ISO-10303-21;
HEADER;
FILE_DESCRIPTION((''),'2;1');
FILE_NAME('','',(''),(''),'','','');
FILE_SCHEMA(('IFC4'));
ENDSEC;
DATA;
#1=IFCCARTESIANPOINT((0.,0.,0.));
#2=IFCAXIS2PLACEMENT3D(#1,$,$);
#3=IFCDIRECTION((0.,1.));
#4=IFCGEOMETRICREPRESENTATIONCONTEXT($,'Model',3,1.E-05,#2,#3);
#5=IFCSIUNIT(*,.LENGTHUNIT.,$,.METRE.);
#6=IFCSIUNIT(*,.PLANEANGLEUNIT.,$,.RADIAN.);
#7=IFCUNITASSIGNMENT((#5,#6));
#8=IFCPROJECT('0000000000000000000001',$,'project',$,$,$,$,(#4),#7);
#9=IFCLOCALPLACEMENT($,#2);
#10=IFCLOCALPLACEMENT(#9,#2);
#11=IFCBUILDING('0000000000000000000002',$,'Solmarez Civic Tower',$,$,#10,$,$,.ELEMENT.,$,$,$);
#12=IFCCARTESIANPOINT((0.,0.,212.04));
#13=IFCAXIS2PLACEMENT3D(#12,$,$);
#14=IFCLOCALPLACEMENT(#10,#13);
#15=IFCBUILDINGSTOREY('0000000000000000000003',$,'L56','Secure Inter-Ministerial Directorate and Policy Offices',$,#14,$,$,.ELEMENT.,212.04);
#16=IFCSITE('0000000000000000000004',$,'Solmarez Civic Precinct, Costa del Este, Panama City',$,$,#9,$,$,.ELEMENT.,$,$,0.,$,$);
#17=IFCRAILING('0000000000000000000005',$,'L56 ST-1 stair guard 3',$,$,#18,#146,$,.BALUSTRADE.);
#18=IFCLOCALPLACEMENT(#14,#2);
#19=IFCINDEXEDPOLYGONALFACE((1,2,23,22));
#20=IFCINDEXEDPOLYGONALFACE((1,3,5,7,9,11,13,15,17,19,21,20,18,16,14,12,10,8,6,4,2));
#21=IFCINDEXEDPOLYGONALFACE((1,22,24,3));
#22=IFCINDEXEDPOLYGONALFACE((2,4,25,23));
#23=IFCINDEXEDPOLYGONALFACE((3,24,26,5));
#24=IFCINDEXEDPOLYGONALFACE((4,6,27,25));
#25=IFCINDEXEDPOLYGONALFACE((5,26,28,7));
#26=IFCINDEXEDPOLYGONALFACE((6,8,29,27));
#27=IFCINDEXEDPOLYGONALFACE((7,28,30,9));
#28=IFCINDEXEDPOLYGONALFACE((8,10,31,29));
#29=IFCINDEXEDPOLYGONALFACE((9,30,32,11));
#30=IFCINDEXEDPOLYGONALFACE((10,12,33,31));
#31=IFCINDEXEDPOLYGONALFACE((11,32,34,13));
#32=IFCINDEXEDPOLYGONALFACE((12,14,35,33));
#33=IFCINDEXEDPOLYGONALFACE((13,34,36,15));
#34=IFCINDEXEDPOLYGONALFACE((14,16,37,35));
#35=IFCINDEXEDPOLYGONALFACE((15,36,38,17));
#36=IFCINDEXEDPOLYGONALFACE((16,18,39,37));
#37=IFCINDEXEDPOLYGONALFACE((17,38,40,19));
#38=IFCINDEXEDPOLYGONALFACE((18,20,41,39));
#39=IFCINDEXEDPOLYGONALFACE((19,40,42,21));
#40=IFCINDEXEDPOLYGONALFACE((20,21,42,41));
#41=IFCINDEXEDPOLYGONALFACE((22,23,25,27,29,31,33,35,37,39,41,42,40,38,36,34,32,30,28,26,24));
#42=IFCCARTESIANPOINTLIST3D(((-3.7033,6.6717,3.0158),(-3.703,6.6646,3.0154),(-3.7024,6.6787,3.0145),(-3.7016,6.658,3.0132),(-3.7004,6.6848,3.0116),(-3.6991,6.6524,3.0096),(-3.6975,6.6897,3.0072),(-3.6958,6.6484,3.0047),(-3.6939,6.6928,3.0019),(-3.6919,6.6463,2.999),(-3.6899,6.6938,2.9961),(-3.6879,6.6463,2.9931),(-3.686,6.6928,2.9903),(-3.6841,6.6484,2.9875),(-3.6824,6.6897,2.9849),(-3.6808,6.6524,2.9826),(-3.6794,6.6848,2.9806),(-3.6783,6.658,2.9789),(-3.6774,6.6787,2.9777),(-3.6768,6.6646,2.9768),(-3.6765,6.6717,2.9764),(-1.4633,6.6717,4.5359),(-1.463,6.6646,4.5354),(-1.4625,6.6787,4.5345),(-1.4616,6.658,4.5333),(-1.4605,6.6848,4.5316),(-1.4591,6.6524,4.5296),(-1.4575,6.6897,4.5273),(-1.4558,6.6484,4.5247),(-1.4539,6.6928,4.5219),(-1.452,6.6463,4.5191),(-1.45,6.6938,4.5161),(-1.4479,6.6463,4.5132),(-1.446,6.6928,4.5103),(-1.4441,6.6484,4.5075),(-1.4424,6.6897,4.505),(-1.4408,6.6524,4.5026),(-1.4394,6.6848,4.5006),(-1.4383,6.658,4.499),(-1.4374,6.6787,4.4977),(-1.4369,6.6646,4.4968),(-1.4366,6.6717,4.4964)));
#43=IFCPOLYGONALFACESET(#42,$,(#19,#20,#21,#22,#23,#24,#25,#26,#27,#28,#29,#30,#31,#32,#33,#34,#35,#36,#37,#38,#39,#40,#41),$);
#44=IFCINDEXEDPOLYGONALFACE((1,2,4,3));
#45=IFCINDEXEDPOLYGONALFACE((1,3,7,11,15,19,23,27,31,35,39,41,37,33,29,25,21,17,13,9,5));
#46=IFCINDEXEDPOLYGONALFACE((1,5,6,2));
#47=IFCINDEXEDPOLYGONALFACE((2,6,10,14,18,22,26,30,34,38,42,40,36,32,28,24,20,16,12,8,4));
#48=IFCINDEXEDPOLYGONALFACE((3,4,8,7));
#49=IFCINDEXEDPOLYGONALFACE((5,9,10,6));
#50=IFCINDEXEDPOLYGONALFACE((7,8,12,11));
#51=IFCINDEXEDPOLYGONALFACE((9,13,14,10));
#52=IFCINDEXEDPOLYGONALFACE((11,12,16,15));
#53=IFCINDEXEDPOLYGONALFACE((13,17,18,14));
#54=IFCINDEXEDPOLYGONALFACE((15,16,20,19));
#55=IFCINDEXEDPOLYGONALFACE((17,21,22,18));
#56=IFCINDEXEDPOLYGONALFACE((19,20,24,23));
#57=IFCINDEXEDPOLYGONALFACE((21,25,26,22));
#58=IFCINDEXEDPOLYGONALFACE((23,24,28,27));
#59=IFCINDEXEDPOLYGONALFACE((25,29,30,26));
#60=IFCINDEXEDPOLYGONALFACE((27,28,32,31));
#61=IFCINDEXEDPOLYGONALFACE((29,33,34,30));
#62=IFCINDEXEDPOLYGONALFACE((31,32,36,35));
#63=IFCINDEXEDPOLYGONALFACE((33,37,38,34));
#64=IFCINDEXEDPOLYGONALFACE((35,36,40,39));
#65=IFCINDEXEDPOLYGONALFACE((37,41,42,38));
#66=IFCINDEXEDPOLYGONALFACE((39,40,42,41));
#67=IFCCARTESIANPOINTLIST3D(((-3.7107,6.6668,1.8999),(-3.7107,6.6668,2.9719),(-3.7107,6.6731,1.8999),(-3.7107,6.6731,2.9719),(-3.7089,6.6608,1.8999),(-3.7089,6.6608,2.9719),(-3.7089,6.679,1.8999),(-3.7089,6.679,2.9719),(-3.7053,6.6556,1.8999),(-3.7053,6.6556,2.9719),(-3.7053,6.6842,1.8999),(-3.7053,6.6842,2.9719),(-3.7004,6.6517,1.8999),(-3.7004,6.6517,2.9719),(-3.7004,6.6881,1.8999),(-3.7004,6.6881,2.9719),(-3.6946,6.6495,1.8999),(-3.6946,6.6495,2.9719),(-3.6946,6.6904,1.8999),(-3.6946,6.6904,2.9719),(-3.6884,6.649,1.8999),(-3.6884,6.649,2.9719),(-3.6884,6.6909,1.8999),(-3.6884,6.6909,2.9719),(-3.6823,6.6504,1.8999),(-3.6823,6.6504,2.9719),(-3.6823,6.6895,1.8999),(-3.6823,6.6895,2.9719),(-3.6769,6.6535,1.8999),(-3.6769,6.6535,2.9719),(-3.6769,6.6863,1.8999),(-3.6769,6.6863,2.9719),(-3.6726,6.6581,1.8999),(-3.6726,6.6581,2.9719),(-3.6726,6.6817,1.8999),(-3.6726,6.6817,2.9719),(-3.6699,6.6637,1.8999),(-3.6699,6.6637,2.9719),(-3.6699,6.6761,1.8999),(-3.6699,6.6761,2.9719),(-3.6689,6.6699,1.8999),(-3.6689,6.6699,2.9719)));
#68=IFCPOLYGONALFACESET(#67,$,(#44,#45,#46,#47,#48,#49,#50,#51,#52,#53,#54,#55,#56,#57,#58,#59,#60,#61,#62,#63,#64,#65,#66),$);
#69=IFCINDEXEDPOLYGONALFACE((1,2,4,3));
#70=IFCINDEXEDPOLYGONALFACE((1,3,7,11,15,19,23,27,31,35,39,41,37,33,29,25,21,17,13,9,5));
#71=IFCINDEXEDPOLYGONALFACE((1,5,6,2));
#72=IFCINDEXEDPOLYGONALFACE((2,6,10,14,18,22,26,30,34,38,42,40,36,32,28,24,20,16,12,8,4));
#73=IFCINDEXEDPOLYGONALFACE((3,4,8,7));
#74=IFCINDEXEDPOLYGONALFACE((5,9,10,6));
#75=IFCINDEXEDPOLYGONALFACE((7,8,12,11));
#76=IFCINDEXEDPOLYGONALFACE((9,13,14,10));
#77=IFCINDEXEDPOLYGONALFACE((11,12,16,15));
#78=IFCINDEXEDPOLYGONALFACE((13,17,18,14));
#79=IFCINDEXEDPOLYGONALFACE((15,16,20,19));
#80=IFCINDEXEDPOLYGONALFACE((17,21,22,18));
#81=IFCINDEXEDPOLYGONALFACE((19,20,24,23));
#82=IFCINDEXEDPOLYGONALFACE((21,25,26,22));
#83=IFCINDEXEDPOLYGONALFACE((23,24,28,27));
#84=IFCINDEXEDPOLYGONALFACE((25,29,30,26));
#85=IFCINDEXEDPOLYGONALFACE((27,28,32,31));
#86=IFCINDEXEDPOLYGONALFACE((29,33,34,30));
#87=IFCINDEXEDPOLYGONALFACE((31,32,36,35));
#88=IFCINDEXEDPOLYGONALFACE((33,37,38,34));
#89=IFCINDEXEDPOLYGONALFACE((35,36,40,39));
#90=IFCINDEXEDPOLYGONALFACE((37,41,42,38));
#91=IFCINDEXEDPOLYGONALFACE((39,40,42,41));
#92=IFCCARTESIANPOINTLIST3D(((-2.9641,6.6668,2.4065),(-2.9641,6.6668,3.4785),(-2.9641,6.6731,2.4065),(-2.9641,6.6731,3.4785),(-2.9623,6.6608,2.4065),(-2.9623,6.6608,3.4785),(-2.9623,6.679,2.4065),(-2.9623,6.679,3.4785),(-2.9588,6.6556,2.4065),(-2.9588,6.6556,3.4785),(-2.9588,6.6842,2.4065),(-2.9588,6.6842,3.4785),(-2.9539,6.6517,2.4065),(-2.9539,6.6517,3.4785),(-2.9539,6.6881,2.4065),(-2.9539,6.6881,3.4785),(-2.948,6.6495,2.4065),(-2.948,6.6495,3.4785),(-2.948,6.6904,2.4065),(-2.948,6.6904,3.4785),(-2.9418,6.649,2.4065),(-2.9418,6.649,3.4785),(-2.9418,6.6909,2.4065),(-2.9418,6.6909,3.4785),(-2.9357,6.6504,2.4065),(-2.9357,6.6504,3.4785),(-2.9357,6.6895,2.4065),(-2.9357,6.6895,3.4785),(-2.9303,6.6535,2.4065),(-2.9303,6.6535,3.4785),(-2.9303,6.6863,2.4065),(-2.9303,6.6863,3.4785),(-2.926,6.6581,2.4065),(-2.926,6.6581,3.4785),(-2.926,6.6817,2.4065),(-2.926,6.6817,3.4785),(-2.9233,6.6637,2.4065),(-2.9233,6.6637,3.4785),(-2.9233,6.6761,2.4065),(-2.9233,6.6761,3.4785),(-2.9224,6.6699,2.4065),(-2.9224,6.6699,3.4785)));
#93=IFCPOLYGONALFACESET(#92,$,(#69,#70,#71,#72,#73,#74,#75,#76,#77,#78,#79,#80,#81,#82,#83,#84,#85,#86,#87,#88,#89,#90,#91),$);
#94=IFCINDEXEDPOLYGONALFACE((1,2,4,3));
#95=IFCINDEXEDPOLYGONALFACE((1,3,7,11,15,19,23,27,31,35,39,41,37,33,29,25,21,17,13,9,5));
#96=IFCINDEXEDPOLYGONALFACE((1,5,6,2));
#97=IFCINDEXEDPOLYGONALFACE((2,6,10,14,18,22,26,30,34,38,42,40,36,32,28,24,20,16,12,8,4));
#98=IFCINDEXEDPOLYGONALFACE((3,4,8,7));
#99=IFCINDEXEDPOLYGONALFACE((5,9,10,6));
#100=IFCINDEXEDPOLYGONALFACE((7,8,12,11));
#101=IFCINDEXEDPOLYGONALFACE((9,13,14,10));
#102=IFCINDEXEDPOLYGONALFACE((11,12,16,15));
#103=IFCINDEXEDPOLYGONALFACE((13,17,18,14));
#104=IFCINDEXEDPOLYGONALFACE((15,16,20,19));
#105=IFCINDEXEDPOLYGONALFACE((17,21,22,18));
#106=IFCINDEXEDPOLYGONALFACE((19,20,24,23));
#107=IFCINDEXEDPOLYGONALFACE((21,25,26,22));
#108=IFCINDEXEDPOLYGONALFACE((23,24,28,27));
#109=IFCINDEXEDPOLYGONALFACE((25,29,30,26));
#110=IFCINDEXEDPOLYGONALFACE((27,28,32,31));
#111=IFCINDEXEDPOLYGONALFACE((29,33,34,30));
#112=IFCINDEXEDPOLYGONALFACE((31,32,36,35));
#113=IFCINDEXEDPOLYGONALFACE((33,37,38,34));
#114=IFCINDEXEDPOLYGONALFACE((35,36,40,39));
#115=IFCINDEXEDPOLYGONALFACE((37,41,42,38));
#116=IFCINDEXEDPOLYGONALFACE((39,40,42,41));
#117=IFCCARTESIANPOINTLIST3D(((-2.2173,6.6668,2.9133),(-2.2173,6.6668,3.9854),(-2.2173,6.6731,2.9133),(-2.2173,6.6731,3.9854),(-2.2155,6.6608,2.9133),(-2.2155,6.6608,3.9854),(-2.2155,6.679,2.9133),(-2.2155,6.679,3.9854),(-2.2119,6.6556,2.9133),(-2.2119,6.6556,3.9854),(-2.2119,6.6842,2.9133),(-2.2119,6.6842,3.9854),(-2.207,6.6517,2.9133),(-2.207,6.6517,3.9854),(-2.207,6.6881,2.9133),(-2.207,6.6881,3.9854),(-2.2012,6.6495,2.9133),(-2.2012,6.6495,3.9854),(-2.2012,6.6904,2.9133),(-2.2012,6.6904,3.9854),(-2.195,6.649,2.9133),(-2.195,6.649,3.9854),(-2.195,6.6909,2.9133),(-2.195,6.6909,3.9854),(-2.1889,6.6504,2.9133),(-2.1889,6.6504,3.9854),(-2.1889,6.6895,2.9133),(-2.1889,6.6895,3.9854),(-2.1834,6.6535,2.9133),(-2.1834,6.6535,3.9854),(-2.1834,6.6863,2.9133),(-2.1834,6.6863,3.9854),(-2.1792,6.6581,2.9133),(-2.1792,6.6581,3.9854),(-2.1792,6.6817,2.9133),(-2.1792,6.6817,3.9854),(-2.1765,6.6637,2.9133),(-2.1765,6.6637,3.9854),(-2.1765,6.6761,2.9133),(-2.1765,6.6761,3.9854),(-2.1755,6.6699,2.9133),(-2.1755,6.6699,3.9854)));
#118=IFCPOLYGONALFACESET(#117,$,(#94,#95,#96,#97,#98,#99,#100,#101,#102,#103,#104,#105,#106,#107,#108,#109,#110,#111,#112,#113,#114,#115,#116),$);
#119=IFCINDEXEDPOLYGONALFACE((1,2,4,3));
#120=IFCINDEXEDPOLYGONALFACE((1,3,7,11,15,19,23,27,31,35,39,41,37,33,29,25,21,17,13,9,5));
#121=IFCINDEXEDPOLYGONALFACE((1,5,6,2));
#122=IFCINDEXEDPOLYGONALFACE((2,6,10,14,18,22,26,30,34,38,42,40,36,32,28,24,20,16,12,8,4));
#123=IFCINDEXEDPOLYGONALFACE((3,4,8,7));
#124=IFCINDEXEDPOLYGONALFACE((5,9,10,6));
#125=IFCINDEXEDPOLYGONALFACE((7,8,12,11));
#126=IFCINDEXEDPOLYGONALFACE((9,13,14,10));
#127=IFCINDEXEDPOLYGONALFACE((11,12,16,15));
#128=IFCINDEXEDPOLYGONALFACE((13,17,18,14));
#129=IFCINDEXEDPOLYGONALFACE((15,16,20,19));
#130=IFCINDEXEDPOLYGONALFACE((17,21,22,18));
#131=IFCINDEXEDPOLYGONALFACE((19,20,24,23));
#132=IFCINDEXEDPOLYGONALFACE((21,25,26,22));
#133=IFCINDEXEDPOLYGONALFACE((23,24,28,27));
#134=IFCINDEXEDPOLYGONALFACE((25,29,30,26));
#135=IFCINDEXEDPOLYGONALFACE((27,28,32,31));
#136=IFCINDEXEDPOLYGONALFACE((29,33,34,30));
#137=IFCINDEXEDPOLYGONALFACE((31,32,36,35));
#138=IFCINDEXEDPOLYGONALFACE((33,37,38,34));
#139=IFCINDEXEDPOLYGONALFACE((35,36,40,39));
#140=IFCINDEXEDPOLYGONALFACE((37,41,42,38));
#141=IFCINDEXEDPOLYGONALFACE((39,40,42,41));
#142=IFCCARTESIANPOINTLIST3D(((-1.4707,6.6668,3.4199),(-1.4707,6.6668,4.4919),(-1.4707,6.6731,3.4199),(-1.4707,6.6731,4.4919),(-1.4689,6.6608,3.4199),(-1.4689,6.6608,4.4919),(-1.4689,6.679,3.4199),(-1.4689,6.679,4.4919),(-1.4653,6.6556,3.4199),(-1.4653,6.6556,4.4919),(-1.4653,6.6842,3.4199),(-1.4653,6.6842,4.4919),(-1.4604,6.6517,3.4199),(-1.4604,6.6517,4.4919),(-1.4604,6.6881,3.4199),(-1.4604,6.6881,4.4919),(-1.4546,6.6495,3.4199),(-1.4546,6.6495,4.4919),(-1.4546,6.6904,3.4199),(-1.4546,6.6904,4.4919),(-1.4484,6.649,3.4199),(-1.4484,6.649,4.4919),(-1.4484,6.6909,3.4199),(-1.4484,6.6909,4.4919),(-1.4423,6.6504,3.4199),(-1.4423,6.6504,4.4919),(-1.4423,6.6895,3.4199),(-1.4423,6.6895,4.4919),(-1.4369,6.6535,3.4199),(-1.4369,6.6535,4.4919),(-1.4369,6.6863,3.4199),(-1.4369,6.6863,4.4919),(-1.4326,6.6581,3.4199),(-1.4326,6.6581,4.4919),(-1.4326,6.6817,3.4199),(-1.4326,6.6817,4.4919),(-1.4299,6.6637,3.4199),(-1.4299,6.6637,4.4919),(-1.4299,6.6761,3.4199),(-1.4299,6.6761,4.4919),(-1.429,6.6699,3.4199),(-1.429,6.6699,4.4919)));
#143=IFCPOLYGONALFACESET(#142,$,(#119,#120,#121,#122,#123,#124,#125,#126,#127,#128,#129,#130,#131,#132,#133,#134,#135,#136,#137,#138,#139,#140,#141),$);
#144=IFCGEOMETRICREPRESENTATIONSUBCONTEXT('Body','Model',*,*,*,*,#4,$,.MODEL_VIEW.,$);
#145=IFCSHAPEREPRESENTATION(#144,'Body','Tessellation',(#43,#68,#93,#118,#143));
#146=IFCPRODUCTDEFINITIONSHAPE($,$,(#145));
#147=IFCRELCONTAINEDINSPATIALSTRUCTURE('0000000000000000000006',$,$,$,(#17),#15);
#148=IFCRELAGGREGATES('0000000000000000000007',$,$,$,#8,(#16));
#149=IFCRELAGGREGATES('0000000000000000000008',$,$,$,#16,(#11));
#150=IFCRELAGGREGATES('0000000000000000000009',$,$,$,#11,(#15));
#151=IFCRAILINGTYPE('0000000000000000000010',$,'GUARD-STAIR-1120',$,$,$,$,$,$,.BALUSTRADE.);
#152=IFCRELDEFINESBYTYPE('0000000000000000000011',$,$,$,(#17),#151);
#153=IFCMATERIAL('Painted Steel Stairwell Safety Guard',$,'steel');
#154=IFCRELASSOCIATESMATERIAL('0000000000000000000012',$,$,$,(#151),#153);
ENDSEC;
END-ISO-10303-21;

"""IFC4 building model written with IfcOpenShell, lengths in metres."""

from ifc_helpers import new_model, si_unit, direction, frame, origin, origin_2d, place, context, subcontext, project, spatial, circle, extrude, material, type_object, element, save


model = new_model("IFC4")

# Units and contexts
model_context = context("Model", 3, precision=1e-05, world=origin(), true_north=direction((0.0, 1.0)))
body_context = subcontext(model_context, "Body", "Model", "MODEL_VIEW")
ifc_project = project(units=[si_unit("LENGTHUNIT", "METRE"), si_unit("PLANEANGLEUNIT", "RADIAN")], contexts=[model_context])

# Site, building, storey
site_placement = place(None, origin())
site = spatial("IfcSite", under=ifc_project, at=site_placement, Name="Solmarez Civic Precinct, Costa del Este, Panama City", CompositionType="ELEMENT", RefElevation=0.0)
building_placement = place(site_placement, origin())
building = spatial("IfcBuilding", under=site, at=building_placement, Name="Solmarez Civic Tower", CompositionType="ELEMENT")
storey_placement = place(building_placement, frame((0.0, 0.0, 212.04)))
storey = spatial("IfcBuildingStorey", under=building, at=storey_placement, Name="L56", Description="Secure Inter-Ministerial Directorate and Policy Offices", CompositionType="ELEMENT", Elevation=212.04)

# Railing
ifc_material_1 = material(Name="Painted Steel Stairwell Safety Guard", Category="steel")
railing_type_1 = type_object("IfcRailingType", Name="GUARD-STAIR-1120", PredefinedType="BALUSTRADE", material=ifc_material_1)
railing_1_placement = place(storey_placement, frame((-3.6899, 6.6699, 1.8999)))
element("IfcRailing", 1, at=railing_1_placement, inside=storey, type_object=railing_type_1, Name="L56 ST-1 stair guard 3", PredefinedType="BALUSTRADE", context=body_context, shape_type="SweptSolid", body=[
    extrude(circle(Radius=0.0239, at=origin_2d()), frame((0.0, 0.0, 1.0962), z_axis=(0.827471, 0.0, 0.561508), x_axis=(0.0, 1.0, 0.0)), (0.0, 0.0, 1.0), 2.707),
    extrude(circle(Radius=0.021, at=origin_2d()), origin(), (0.0, 0.0, 1.0), 1.072),
    extrude(circle(Radius=0.021, at=origin_2d()), frame((0.7466, 0.0, 0.5066)), (0.0, 0.0, 1.0), 1.072),
    extrude(circle(Radius=0.021, at=origin_2d()), frame((1.4934, 0.0, 1.0134)), (0.0, 0.0, 1.0), 1.072),
    extrude(circle(Radius=0.021, at=origin_2d()), frame((2.24, 0.0, 1.52)), (0.0, 0.0, 1.0), 1.072),
])

save(model, "model.ifc")
